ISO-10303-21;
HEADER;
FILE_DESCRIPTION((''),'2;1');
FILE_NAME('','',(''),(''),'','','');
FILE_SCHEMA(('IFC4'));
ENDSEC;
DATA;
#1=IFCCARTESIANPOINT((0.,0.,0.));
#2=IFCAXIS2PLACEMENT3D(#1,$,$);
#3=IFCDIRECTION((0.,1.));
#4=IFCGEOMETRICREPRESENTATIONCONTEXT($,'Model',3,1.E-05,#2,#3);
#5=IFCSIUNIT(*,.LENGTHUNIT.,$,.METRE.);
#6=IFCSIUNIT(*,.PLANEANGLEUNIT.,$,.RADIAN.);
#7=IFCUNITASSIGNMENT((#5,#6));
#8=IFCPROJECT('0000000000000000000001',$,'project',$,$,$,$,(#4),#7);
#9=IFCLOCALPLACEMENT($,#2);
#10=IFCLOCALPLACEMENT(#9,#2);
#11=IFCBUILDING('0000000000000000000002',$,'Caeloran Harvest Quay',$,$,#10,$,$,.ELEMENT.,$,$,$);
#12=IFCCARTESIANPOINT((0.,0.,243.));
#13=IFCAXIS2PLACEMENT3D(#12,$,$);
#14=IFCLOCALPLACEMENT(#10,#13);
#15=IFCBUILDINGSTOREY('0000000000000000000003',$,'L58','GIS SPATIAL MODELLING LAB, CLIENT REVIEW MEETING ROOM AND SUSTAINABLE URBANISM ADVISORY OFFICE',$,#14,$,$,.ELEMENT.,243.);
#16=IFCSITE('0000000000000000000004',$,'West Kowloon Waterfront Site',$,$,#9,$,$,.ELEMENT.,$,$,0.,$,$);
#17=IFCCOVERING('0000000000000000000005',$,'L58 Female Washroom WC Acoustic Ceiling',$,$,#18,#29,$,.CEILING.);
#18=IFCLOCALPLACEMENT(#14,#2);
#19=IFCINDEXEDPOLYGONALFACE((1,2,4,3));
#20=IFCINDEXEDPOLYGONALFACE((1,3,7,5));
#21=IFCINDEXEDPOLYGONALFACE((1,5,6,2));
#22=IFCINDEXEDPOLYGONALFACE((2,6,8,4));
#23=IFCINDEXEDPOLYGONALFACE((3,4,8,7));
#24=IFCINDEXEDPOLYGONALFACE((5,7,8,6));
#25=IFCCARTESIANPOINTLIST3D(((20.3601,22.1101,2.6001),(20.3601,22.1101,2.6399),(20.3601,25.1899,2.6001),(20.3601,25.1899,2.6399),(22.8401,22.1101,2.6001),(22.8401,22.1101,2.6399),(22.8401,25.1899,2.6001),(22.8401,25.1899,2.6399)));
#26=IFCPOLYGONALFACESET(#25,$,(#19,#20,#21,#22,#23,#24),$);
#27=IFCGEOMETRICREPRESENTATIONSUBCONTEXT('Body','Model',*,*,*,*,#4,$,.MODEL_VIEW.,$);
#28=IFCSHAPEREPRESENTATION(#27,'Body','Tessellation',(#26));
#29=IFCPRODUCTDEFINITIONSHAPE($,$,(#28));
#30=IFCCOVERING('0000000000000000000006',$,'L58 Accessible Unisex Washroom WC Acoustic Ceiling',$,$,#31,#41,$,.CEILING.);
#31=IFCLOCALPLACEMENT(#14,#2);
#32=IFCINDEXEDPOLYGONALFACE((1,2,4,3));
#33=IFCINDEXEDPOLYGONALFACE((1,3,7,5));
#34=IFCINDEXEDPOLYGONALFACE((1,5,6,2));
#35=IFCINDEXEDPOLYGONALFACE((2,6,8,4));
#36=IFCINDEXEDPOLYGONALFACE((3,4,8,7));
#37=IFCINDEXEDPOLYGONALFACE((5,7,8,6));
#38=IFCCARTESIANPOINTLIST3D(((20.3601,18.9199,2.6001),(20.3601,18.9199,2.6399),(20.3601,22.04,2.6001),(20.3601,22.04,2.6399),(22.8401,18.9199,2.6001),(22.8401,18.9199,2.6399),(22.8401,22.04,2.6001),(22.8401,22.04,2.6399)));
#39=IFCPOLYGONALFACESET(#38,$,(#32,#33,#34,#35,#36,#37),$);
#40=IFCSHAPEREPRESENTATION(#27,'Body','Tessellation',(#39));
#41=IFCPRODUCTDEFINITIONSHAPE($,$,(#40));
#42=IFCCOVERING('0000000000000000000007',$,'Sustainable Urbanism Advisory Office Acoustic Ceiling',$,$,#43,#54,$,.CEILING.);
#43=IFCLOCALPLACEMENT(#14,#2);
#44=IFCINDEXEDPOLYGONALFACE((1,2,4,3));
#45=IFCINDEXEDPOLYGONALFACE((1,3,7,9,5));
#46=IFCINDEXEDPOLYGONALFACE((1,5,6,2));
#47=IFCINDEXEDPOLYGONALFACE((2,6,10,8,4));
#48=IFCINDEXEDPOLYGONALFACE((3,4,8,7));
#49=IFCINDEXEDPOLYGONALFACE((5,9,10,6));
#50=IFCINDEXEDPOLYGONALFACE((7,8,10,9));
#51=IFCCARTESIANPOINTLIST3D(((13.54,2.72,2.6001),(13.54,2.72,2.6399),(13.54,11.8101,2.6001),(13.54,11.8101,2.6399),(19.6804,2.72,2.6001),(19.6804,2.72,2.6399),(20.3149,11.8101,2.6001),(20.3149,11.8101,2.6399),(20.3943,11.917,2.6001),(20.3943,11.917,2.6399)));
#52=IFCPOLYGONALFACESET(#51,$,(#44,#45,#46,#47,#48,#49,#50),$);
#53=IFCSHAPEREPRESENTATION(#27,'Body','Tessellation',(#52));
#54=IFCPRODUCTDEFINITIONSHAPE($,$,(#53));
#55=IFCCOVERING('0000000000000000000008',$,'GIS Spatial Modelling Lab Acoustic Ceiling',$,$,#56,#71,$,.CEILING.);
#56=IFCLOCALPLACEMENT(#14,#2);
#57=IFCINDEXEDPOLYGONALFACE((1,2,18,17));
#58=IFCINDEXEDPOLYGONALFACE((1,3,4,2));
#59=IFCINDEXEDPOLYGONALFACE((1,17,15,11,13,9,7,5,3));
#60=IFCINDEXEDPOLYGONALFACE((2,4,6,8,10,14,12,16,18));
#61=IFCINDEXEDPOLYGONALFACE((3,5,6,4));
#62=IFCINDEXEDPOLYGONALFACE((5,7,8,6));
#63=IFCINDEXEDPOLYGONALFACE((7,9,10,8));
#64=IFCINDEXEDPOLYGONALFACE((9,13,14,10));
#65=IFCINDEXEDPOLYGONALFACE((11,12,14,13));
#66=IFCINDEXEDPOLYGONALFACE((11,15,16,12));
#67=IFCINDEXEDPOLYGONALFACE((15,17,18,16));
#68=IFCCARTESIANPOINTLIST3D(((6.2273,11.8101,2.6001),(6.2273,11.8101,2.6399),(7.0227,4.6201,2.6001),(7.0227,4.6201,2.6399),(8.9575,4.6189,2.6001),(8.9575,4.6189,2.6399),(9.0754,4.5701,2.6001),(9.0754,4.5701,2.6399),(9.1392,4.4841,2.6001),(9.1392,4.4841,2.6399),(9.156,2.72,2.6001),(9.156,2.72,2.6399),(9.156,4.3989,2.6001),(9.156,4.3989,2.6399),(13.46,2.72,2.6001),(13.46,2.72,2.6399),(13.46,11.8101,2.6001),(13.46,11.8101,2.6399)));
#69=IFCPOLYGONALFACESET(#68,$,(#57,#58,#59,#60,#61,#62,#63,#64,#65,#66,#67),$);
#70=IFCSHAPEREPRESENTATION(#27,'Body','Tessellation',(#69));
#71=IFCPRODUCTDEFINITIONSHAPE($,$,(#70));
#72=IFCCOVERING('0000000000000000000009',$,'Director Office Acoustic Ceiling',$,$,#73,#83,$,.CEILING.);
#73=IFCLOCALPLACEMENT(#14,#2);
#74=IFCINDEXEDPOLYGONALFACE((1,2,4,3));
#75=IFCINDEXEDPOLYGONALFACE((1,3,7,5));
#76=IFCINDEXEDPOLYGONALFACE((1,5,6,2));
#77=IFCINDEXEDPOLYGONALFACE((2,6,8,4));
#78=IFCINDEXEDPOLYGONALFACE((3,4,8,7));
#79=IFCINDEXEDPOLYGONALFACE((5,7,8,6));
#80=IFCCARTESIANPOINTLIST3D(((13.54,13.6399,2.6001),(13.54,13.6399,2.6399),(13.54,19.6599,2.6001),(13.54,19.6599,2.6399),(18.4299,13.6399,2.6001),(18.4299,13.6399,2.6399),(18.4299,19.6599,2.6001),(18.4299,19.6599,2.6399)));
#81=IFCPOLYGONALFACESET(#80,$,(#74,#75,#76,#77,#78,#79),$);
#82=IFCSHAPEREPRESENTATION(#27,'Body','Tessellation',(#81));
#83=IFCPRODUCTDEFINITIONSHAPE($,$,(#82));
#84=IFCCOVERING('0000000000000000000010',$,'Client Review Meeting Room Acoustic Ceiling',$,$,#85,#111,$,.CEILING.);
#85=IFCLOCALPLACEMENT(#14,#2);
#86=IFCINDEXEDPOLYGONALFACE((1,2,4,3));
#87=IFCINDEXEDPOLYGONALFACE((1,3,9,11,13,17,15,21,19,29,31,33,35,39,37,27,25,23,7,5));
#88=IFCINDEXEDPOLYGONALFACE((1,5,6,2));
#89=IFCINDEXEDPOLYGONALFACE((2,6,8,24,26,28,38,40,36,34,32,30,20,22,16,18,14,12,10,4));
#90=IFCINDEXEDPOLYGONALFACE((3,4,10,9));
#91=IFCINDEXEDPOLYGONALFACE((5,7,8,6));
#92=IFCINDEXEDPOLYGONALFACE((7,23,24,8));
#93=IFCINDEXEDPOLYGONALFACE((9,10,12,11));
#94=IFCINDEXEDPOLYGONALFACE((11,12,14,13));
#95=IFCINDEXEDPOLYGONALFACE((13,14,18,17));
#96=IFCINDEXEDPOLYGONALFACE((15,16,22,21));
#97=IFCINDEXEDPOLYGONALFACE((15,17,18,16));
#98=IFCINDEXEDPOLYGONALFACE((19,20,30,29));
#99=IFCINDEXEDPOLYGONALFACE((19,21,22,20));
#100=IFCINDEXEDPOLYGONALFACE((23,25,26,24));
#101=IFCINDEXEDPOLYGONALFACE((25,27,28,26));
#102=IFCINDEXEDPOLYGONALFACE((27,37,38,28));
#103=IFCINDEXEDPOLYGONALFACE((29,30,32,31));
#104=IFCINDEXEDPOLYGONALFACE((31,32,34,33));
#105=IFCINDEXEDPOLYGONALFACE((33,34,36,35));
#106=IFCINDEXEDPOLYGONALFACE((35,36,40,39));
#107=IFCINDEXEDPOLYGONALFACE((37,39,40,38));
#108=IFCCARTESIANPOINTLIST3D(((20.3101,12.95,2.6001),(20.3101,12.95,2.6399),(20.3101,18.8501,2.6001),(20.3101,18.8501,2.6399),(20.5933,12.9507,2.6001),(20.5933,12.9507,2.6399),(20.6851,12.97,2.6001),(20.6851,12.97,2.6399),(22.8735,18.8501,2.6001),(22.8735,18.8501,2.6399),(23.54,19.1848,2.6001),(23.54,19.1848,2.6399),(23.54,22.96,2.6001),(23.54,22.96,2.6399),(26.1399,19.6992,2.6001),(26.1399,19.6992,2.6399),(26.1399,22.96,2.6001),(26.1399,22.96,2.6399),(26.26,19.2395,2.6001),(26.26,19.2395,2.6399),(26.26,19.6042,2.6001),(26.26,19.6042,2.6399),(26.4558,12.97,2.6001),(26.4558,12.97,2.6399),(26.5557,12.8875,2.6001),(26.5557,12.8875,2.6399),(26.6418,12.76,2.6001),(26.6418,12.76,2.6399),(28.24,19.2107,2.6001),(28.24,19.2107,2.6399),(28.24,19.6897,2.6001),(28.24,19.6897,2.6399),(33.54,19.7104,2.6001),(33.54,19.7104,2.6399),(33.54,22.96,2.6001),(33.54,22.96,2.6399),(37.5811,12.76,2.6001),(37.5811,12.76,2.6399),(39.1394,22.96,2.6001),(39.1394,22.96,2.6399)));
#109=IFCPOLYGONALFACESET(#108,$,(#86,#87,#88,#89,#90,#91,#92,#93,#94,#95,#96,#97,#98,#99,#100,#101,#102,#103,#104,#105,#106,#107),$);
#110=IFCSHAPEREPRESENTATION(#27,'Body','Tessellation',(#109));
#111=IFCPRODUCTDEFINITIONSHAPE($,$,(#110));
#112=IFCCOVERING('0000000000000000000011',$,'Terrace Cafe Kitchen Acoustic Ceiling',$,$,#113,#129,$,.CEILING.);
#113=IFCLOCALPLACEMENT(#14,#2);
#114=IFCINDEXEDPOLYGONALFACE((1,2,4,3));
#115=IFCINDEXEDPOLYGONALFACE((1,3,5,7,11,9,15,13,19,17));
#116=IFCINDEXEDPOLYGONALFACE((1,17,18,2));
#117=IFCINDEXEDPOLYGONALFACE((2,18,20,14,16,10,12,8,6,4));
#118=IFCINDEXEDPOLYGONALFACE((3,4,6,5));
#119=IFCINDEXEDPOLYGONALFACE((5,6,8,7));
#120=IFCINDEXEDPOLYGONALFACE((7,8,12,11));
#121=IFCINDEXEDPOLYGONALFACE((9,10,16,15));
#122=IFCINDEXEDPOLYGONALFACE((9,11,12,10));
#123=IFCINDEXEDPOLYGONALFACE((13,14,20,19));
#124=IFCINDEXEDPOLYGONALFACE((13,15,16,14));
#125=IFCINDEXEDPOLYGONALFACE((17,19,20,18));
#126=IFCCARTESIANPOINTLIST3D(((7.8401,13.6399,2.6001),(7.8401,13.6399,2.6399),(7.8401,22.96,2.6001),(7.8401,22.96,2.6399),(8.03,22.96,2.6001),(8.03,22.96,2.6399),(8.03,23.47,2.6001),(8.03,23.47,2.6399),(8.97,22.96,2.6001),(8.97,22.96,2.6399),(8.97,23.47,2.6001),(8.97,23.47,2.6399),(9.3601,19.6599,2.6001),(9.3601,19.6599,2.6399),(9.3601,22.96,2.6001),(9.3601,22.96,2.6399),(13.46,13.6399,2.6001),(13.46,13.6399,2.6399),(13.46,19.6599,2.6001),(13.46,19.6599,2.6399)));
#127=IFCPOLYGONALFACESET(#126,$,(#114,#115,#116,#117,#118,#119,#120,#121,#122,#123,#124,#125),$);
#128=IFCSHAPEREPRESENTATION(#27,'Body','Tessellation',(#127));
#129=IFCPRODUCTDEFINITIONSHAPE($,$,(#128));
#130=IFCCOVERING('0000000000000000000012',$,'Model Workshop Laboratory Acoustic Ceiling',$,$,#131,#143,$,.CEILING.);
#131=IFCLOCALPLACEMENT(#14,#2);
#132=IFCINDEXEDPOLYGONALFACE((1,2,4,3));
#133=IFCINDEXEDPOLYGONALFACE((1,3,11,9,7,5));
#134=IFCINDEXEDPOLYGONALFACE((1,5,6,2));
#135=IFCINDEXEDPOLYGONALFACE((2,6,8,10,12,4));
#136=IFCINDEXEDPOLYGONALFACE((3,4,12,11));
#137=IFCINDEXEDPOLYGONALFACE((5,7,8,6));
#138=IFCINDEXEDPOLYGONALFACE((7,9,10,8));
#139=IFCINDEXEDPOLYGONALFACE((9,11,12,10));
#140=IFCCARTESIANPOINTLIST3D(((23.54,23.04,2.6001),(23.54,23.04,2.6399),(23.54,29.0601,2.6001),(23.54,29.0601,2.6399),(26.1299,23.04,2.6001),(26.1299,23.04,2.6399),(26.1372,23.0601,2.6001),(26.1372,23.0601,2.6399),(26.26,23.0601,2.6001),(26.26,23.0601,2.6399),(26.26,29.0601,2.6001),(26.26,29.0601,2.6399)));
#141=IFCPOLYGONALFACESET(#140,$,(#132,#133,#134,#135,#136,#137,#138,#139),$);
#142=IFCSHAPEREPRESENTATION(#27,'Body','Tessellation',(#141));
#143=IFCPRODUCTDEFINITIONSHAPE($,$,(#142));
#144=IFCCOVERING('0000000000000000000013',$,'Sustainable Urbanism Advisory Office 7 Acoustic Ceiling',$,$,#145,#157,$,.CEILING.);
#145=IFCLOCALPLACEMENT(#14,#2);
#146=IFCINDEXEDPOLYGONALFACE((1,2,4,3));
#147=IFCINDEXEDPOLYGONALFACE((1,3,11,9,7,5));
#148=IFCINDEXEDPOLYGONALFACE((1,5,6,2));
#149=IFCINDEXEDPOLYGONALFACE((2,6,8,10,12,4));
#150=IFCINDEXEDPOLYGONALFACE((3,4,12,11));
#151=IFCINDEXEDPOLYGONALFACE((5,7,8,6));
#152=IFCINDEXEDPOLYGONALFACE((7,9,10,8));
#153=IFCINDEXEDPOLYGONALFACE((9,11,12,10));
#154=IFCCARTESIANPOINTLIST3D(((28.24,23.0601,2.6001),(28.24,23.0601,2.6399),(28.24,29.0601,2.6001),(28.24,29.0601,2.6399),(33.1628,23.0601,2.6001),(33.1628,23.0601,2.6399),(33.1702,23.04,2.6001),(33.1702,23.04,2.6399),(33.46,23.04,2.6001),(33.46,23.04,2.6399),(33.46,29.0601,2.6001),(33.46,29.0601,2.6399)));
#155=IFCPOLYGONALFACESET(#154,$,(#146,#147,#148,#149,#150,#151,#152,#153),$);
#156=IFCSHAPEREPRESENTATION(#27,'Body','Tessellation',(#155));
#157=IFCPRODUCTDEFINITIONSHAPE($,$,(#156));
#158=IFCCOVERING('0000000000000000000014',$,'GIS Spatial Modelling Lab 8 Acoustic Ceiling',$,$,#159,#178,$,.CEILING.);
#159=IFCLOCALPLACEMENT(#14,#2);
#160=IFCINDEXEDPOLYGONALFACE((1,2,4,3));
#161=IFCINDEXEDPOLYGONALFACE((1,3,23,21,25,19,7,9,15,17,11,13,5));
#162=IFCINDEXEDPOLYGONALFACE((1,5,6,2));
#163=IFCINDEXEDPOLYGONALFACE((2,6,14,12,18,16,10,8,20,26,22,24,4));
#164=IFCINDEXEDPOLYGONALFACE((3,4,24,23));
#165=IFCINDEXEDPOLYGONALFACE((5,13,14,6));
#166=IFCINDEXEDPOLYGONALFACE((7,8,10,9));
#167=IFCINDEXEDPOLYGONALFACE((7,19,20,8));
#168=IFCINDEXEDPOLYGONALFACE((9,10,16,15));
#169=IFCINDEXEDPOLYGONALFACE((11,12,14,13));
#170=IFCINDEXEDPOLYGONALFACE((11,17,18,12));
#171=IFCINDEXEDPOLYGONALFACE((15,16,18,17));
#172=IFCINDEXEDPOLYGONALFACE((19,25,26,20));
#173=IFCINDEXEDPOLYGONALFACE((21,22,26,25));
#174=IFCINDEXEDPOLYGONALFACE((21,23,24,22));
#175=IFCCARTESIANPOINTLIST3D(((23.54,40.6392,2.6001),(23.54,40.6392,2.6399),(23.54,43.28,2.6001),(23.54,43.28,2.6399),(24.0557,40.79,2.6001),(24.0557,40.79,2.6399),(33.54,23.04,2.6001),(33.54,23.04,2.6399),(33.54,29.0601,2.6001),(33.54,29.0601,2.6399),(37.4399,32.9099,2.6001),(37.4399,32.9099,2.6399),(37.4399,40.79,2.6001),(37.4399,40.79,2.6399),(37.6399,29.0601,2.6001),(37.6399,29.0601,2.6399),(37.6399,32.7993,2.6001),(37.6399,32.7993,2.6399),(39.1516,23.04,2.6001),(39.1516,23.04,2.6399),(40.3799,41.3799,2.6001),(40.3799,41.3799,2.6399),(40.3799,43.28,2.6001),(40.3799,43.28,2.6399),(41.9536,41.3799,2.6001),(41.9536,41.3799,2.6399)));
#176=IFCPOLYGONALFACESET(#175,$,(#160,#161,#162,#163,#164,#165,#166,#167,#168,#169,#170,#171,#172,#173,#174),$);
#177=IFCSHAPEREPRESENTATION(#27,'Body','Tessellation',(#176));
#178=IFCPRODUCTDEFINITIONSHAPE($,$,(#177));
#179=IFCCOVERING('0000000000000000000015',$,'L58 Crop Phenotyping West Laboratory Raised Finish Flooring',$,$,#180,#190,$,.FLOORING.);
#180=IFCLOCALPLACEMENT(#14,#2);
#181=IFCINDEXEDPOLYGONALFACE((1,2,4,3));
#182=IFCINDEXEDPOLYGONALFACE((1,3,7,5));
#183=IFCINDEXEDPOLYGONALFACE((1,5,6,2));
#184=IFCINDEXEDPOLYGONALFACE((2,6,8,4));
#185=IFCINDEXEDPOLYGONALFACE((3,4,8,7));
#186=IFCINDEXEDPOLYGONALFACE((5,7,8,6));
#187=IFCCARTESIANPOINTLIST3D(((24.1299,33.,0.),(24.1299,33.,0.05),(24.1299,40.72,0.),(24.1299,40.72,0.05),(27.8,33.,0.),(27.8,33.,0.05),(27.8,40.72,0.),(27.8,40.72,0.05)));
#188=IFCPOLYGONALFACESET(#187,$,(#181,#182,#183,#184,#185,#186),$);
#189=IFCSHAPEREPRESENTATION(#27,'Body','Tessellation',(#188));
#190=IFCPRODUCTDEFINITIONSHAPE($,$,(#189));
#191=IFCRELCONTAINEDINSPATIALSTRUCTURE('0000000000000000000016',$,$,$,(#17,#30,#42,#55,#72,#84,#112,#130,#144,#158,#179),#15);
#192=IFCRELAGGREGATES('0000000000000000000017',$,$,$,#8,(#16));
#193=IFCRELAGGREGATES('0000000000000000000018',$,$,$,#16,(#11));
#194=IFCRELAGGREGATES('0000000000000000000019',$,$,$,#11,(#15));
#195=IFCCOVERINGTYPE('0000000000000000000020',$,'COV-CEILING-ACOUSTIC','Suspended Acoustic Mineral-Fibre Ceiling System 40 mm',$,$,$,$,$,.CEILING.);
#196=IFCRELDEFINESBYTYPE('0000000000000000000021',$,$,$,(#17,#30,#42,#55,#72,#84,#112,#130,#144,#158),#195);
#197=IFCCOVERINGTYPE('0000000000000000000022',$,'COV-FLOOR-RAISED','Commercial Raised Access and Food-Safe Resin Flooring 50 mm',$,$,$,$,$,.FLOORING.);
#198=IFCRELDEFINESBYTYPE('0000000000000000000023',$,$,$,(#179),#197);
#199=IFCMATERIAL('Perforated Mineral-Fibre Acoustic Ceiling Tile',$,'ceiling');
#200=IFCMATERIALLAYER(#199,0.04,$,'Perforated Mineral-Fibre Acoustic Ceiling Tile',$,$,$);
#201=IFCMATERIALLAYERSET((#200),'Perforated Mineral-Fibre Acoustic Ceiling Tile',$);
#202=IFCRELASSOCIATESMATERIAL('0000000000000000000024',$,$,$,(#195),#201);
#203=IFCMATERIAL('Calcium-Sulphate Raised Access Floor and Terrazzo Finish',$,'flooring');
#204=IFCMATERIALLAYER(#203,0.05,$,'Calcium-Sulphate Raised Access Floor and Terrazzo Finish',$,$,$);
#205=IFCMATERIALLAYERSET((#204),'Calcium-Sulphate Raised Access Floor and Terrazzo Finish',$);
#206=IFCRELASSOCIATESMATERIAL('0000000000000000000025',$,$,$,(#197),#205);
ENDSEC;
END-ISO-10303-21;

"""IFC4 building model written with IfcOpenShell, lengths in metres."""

from ifc_helpers import new_model, si_unit, direction, frame, origin, place, context, subcontext, project, spatial, polyline, outline, extrude, material, layer, layer_set, type_object, element, save


model = new_model("IFC4")

# Units and contexts
model_context = context("Model", 3, precision=1e-05, world=origin(), true_north=direction((0.0, 1.0)))
body_context = subcontext(model_context, "Body", "Model", "MODEL_VIEW")
ifc_project = project(units=[si_unit("LENGTHUNIT", "METRE"), si_unit("PLANEANGLEUNIT", "RADIAN")], contexts=[model_context])

# Site, building, storey
site_placement = place(None, origin())
site = spatial("IfcSite", under=ifc_project, at=site_placement, Name="West Kowloon Waterfront Site", CompositionType="ELEMENT", RefElevation=0.0)
building_placement = place(site_placement, origin())
building = spatial("IfcBuilding", under=site, at=building_placement, Name="Caeloran Harvest Quay", CompositionType="ELEMENT")
storey_placement = place(building_placement, frame((0.0, 0.0, 243.0)))
storey = spatial("IfcBuildingStorey", under=building, at=storey_placement, Name="L58", Description="GIS SPATIAL MODELLING LAB, CLIENT REVIEW MEETING ROOM AND SUSTAINABLE URBANISM ADVISORY OFFICE", CompositionType="ELEMENT", Elevation=243.0)

# Coverings
ifc_material_1 = material(Name="Perforated Mineral-Fibre Acoustic Ceiling Tile", Category="ceiling")
ifc_layer_1 = layer(ifc_material_1, 0.04, Name="Perforated Mineral-Fibre Acoustic Ceiling Tile")
ifc_layer_set_1 = layer_set([ifc_layer_1], Name="Perforated Mineral-Fibre Acoustic Ceiling Tile")
covering_type_1 = type_object("IfcCoveringType", Name="COV-CEILING-ACOUSTIC", Description="Suspended Acoustic Mineral-Fibre Ceiling System 40 mm", PredefinedType="CEILING", material=ifc_layer_set_1)
covering_1_placement = place(storey_placement, frame((0.0, 0.0, 2.6001)))
element("IfcCovering", 1, at=covering_1_placement, inside=storey, type_object=covering_type_1, Name="L58 Female Washroom WC Acoustic Ceiling", PredefinedType="CEILING", context=body_context, shape_type="SweptSolid", body=[
    extrude(outline(polyline([(22.8401, 25.1899), (22.8401, 22.1101), (20.3601, 22.1101), (20.3601, 25.1899), (22.8401, 25.1899)])), origin(), (0.0, 0.0, 1.0), 0.0398),
])
covering_2_placement = place(storey_placement, frame((0.0, 0.0, 2.6001)))
element("IfcCovering", 2, at=covering_2_placement, inside=storey, type_object=covering_type_1, Name="L58 Accessible Unisex Washroom WC Acoustic Ceiling", PredefinedType="CEILING", context=body_context, shape_type="SweptSolid", body=[
    extrude(outline(polyline([(22.8401, 22.04), (22.8401, 18.9199), (20.3601, 18.9199), (20.3601, 22.04), (22.8401, 22.04)])), origin(), (0.0, 0.0, 1.0), 0.0398),
])
covering_3_placement = place(storey_placement, frame((0.0, 0.0, 2.6001)))
element("IfcCovering", 3, at=covering_3_placement, inside=storey, type_object=covering_type_1, Name="Sustainable Urbanism Advisory Office Acoustic Ceiling", PredefinedType="CEILING", context=body_context, shape_type="SweptSolid", body=[
    extrude(outline(polyline([(13.54, 11.8101), (20.3149, 11.8101), (20.3943, 11.917), (19.6804, 2.72), (13.54, 2.72), (13.54, 11.8101)])), origin(), (0.0, 0.0, 1.0), 0.0398),
])
covering_4_placement = place(storey_placement, frame((0.0, 0.0, 2.6001)))
element("IfcCovering", 4, at=covering_4_placement, inside=storey, type_object=covering_type_1, Name="GIS Spatial Modelling Lab Acoustic Ceiling", PredefinedType="CEILING", context=body_context, shape_type="SweptSolid", body=[
    extrude(outline(polyline([(9.1392, 4.4841), (9.0754, 4.5701), (8.9575, 4.6189), (7.0227, 4.6201), (6.2273, 11.8101), (13.46, 11.8101), (13.46, 2.72), (9.156, 2.72), (9.156, 4.3989), (9.1392, 4.4841)])), origin(), (0.0, 0.0, 1.0), 0.0398),
])
covering_5_placement = place(storey_placement, frame((0.0, 0.0, 2.6001)))
element("IfcCovering", 5, at=covering_5_placement, inside=storey, type_object=covering_type_1, Name="Director Office Acoustic Ceiling", PredefinedType="CEILING", context=body_context, shape_type="SweptSolid", body=[
    extrude(outline(polyline([(18.4299, 13.6399), (13.54, 13.6399), (13.54, 19.6599), (18.4299, 19.6599), (18.4299, 13.6399)])), origin(), (0.0, 0.0, 1.0), 0.0398),
])
covering_6_placement = place(storey_placement, frame((0.0, 0.0, 2.6001)))
element("IfcCovering", 6, at=covering_6_placement, inside=storey, type_object=covering_type_1, Name="Client Review Meeting Room Acoustic Ceiling", PredefinedType="CEILING", context=body_context, shape_type="SweptSolid", body=[
    extrude(outline(polyline([(33.54, 22.96), (39.1394, 22.96), (37.5811, 12.76), (26.6418, 12.76), (26.5557, 12.8875), (26.4558, 12.97), (20.6851, 12.97), (20.5933, 12.9507), (20.3101, 12.95), (20.3101, 18.8501), (22.8735, 18.8501), (23.54, 19.1848), (23.54, 22.96), (26.1399, 22.96), (26.1399, 19.6992), (26.26, 19.6042), (26.26, 19.2395), (28.24, 19.2107), (28.24, 19.6897), (33.54, 19.7104), (33.54, 22.96)])), origin(), (0.0, 0.0, 1.0), 0.0398),
])
covering_7_placement = place(storey_placement, frame((0.0, 0.0, 2.6001)))
element("IfcCovering", 7, at=covering_7_placement, inside=storey, type_object=covering_type_1, Name="Terrace Cafe Kitchen Acoustic Ceiling", PredefinedType="CEILING", context=body_context, shape_type="SweptSolid", body=[
    extrude(outline(polyline([(13.46, 13.6399), (7.8401, 13.6399), (7.8401, 22.96), (8.03, 22.96), (8.03, 23.47), (8.97, 23.47), (8.97, 22.96), (9.3601, 22.96), (9.3601, 19.6599), (13.46, 19.6599), (13.46, 13.6399)])), origin(), (0.0, 0.0, 1.0), 0.0398),
])
covering_8_placement = place(storey_placement, frame((0.0, 0.0, 2.6001)))
element("IfcCovering", 8, at=covering_8_placement, inside=storey, type_object=covering_type_1, Name="Model Workshop Laboratory Acoustic Ceiling", PredefinedType="CEILING", context=body_context, shape_type="SweptSolid", body=[
    extrude(outline(polyline([(26.1372, 23.0601), (26.1299, 23.04), (23.54, 23.04), (23.54, 29.0601), (26.26, 29.0601), (26.26, 23.0601), (26.1372, 23.0601)])), origin(), (0.0, 0.0, 1.0), 0.0398),
])
covering_9_placement = place(storey_placement, frame((0.0, 0.0, 2.6001)))
element("IfcCovering", 9, at=covering_9_placement, inside=storey, type_object=covering_type_1, Name="Sustainable Urbanism Advisory Office 7 Acoustic Ceiling", PredefinedType="CEILING", context=body_context, shape_type="SweptSolid", body=[
    extrude(outline(polyline([(33.1628, 23.0601), (28.24, 23.0601), (28.24, 29.0601), (33.46, 29.0601), (33.46, 23.04), (33.1702, 23.04), (33.1628, 23.0601)])), origin(), (0.0, 0.0, 1.0), 0.0398),
])
covering_10_placement = place(storey_placement, frame((0.0, 0.0, 2.6001)))
element("IfcCovering", 10, at=covering_10_placement, inside=storey, type_object=covering_type_1, Name="GIS Spatial Modelling Lab 8 Acoustic Ceiling", PredefinedType="CEILING", context=body_context, shape_type="SweptSolid", body=[
    extrude(outline(polyline([(23.54, 40.6392), (23.54, 43.28), (40.3799, 43.28), (40.3799, 41.3799), (41.9536, 41.3799), (39.1516, 23.04), (33.54, 23.04), (33.54, 29.0601), (37.6399, 29.0601), (37.6399, 32.7993), (37.4399, 32.9099), (37.4399, 40.79), (24.0557, 40.79), (23.54, 40.6392)])), origin(), (0.0, 0.0, 1.0), 0.0398),
])
ifc_material_2 = material(Name="Calcium-Sulphate Raised Access Floor and Terrazzo Finish", Category="flooring")
ifc_layer_2 = layer(ifc_material_2, 0.05, Name="Calcium-Sulphate Raised Access Floor and Terrazzo Finish")
ifc_layer_set_2 = layer_set([ifc_layer_2], Name="Calcium-Sulphate Raised Access Floor and Terrazzo Finish")
covering_type_2 = type_object("IfcCoveringType", Name="COV-FLOOR-RAISED", Description="Commercial Raised Access and Food-Safe Resin Flooring 50 mm", PredefinedType="FLOORING", material=ifc_layer_set_2)
covering_11_placement = place(storey_placement, origin())
element("IfcCovering", 11, at=covering_11_placement, inside=storey, type_object=covering_type_2, Name="L58 Crop Phenotyping West Laboratory Raised Finish Flooring", PredefinedType="FLOORING", context=body_context, shape_type="SweptSolid", body=[
    extrude(outline(polyline([(27.8, 40.72), (27.8, 33.0), (24.1299, 33.0), (24.1299, 40.72), (27.8, 40.72)])), origin(), (0.0, 0.0, 1.0), 0.05),
])

save(model, "model.ifc")
